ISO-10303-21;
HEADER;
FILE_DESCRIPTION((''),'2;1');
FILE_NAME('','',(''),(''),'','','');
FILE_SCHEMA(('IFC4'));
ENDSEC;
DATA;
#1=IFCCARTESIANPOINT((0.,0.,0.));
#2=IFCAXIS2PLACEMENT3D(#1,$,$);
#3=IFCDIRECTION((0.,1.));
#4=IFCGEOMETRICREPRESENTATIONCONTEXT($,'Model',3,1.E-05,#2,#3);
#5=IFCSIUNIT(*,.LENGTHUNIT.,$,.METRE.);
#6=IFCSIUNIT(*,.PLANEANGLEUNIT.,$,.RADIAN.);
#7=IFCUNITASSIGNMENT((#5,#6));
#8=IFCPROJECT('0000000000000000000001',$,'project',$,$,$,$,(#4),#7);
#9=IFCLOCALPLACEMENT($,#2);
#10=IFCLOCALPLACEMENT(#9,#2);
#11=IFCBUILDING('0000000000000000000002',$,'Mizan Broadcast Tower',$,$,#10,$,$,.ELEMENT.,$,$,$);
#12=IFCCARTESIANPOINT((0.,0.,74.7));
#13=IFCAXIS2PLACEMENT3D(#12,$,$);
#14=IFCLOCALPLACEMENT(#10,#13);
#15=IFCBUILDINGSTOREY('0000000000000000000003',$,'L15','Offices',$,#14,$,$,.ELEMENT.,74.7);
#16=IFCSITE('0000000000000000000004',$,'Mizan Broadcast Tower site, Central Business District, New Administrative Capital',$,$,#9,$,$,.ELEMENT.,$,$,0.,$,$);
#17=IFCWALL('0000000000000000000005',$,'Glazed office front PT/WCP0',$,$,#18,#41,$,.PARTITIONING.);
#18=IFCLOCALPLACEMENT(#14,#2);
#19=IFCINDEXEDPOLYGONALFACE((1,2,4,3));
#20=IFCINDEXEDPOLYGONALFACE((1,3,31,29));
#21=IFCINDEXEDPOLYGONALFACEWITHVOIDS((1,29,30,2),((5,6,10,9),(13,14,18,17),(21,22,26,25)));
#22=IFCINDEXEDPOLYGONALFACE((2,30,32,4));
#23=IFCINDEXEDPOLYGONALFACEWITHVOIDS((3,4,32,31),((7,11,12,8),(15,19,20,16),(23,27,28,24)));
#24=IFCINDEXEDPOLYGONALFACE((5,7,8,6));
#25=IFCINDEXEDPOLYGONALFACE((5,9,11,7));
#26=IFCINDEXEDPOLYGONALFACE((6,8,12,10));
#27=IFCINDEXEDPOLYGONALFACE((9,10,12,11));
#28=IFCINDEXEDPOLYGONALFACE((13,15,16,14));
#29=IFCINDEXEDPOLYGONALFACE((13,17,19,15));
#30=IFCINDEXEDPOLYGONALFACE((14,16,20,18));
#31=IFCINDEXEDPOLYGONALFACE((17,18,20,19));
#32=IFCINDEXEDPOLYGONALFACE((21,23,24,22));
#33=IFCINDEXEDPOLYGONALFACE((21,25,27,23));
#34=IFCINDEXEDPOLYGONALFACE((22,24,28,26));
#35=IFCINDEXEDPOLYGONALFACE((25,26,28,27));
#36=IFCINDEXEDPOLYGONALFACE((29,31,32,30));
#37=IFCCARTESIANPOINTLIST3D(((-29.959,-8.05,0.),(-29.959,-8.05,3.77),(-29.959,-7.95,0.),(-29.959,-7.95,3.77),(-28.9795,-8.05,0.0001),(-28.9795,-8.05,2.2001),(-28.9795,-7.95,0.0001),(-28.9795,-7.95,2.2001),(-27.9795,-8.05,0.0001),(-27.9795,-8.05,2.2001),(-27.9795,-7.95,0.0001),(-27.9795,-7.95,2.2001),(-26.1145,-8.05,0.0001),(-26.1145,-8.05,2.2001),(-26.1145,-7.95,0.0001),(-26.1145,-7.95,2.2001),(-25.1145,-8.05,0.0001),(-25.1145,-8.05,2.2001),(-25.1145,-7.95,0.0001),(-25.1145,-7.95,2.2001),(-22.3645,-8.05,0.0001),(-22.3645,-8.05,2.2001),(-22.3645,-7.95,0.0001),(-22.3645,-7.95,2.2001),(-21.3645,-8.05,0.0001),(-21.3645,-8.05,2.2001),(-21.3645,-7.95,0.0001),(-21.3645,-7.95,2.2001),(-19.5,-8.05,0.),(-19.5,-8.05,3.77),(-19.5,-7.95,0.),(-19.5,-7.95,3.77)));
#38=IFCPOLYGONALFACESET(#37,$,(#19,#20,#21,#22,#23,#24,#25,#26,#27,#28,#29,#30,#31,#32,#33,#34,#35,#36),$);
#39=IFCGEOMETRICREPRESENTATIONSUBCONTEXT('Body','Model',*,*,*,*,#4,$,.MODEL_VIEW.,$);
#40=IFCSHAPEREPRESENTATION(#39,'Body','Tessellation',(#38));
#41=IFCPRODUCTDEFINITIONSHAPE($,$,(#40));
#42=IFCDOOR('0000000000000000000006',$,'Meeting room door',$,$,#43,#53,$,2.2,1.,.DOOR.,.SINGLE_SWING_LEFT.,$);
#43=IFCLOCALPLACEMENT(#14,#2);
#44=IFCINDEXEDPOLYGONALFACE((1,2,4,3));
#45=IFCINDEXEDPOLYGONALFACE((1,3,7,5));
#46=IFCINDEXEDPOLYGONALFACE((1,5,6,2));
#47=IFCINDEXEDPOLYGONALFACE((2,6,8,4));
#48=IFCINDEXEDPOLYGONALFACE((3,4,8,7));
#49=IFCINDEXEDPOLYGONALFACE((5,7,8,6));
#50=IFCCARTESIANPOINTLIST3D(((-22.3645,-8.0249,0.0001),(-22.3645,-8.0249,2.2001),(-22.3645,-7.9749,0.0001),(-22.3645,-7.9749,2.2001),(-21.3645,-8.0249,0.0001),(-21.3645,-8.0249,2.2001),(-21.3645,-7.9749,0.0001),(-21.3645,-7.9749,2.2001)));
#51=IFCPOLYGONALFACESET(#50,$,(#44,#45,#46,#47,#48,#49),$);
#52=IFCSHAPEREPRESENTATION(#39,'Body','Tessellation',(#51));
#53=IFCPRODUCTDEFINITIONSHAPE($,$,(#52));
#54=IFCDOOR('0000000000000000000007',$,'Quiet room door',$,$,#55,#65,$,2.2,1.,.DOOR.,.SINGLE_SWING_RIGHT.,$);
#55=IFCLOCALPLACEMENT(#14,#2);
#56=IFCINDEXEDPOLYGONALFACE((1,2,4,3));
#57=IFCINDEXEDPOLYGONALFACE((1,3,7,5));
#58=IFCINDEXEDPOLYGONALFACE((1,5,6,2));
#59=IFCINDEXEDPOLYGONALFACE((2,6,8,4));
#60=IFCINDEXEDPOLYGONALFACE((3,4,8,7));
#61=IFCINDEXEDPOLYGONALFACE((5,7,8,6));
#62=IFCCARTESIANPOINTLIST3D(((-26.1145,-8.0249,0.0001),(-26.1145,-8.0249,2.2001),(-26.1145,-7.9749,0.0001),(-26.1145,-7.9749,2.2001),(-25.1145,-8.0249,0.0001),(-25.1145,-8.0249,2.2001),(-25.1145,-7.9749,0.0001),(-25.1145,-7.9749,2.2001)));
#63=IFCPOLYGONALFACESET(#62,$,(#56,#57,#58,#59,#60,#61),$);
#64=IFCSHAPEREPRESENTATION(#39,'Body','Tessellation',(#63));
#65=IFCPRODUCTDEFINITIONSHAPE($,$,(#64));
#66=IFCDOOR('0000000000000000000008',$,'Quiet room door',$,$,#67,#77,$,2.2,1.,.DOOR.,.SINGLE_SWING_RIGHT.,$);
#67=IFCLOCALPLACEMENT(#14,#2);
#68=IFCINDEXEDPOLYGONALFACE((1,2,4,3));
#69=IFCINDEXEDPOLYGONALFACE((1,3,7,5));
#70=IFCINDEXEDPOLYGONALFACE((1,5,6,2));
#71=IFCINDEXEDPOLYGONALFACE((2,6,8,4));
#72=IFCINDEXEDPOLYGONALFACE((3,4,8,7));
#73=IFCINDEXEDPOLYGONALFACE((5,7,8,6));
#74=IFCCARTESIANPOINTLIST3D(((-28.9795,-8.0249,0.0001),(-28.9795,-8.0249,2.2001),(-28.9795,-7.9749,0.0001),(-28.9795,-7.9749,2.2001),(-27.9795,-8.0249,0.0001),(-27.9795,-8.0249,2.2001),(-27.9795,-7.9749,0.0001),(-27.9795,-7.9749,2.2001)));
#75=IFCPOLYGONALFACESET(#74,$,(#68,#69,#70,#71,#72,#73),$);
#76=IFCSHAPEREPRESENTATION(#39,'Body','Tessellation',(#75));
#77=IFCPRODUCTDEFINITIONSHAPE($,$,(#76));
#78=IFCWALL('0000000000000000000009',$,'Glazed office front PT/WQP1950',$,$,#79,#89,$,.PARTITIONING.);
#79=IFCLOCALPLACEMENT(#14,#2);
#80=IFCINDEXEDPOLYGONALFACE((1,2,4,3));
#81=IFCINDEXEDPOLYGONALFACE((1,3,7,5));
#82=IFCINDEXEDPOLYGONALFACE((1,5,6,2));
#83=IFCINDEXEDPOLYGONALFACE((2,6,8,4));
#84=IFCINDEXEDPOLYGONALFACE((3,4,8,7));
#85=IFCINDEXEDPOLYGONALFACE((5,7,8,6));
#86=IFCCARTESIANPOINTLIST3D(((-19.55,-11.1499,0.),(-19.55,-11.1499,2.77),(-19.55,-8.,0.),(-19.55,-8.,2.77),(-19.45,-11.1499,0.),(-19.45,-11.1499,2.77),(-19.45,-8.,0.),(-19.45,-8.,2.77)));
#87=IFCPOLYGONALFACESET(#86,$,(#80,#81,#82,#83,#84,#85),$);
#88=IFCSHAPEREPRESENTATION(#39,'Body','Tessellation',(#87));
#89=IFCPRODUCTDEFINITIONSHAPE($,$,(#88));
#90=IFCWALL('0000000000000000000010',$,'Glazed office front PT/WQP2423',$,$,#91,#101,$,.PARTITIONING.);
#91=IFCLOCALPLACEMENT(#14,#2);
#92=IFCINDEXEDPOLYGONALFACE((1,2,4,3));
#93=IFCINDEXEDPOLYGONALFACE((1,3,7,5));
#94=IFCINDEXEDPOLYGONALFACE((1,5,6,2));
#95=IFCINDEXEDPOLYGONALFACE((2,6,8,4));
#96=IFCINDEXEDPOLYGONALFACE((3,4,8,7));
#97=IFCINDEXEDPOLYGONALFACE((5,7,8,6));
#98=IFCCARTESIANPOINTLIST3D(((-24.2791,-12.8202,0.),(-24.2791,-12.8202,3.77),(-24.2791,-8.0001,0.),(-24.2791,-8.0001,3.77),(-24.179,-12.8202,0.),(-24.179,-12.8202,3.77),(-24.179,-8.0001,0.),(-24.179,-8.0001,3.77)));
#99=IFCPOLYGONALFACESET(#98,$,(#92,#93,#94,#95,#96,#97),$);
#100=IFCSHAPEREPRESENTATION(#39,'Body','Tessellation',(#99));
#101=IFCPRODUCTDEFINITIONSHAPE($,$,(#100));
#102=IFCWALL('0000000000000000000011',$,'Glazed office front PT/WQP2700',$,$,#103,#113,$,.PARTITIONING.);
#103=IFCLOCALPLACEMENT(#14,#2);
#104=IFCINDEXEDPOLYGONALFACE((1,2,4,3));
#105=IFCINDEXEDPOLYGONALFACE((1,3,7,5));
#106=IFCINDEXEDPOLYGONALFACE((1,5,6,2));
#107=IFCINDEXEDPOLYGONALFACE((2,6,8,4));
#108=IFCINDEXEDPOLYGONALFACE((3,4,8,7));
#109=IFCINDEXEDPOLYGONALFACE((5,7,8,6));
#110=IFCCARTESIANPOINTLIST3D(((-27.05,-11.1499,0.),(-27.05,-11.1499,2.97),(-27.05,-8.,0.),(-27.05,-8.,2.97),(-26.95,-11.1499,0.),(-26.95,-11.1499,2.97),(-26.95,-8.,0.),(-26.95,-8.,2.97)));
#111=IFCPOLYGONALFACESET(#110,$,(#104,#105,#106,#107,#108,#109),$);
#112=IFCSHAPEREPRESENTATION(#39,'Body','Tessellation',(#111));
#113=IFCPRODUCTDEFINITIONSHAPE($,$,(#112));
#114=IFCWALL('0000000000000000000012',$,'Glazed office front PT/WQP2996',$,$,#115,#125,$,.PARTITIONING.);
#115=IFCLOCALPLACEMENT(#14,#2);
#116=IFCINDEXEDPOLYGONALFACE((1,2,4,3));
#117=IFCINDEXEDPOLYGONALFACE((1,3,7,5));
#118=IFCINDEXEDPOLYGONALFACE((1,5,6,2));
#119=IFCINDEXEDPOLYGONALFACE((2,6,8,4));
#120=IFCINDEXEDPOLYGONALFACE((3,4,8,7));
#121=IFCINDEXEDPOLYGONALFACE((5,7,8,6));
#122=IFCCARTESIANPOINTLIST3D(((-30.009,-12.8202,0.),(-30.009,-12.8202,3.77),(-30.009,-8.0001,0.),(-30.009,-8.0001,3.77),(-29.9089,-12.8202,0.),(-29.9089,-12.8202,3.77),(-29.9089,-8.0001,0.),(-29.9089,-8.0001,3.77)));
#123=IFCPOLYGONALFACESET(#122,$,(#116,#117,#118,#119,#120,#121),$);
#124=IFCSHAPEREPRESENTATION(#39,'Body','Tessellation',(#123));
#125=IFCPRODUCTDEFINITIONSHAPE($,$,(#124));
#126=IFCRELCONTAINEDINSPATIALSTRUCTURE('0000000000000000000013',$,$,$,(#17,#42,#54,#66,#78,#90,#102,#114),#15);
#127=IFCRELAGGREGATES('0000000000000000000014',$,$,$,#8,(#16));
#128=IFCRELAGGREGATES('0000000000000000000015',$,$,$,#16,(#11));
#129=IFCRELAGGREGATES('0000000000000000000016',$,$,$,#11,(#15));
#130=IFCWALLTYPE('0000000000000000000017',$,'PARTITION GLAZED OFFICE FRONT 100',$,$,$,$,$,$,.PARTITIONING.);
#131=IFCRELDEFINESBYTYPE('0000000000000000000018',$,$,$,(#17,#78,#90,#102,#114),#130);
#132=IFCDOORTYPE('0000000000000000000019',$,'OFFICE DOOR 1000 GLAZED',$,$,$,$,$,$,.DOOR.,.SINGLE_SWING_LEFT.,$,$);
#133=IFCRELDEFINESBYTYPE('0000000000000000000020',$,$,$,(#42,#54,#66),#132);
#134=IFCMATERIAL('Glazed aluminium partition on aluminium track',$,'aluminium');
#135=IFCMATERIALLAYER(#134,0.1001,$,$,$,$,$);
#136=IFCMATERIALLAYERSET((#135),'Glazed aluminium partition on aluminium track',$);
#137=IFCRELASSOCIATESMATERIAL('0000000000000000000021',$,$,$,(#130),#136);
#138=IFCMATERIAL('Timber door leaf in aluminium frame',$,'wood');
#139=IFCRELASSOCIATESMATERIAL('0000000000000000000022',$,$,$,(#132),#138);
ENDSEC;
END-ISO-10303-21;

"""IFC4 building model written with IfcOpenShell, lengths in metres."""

from ifc_helpers import new_model, si_unit, direction, frame, frame_2d, origin, place, context, subcontext, project, spatial, rectangle, extrude, material, layer, layer_set, type_object, element, fill, save


model = new_model("IFC4")

# Units and contexts
model_context = context("Model", 3, precision=1e-05, world=origin(), true_north=direction((0.0, 1.0)))
body_context = subcontext(model_context, "Body", "Model", "MODEL_VIEW")
ifc_project = project(units=[si_unit("LENGTHUNIT", "METRE"), si_unit("PLANEANGLEUNIT", "RADIAN")], contexts=[model_context])

# Site, building, storey
site_placement = place(None, origin())
site = spatial("IfcSite", under=ifc_project, at=site_placement, Name="Mizan Broadcast Tower site, Central Business District, New Administrative Capital", CompositionType="ELEMENT", RefElevation=0.0)
building_placement = place(site_placement, origin())
building = spatial("IfcBuilding", under=site, at=building_placement, Name="Mizan Broadcast Tower", CompositionType="ELEMENT")
storey_placement = place(building_placement, frame((0.0, 0.0, 74.7)))
storey = spatial("IfcBuildingStorey", under=building, at=storey_placement, Name="L15", Description="Offices", CompositionType="ELEMENT", Elevation=74.7)

# Wall, openings, doors
ifc_material_1 = material(Name="Glazed aluminium partition on aluminium track", Category="aluminium")
ifc_layer_1 = layer(ifc_material_1, 0.1001)
ifc_layer_set_1 = layer_set([ifc_layer_1], Name="Glazed aluminium partition on aluminium track")
wall_type = type_object("IfcWallType", Name="PARTITION GLAZED OFFICE FRONT 100", PredefinedType="PARTITIONING", material=ifc_layer_set_1)
wall_1_placement = place(storey_placement, frame((-19.5, -8.0, 0.0), z_axis=(0.0, 0.0, 1.0), x_axis=(-1.0, 0.0, 0.0)))
wall_1 = element("IfcWall", 1, at=wall_1_placement, inside=storey, type_object=wall_type, Name="Glazed office front PT/WCP0", PredefinedType="PARTITIONING", context=body_context, shape_type="SweptSolid", body=[
    extrude(rectangle(XDim=10.459, YDim=0.1001, at=frame_2d((5.2295, 0.0))), origin(), (0.0, 0.0, 1.0), 3.77),
])
opening_1_placement = place(wall_1_placement, frame((1.8645, 0.0, 0.0)))
opening_1 = element("IfcOpeningElement", 2, at=opening_1_placement, cuts=wall_1, PredefinedType="OPENING", context=body_context, shape_type="SweptSolid", body=[
    extrude(rectangle(XDim=1.0, YDim=2.2, at=frame_2d((0.5, 1.1001))), frame((0.0, 0.0601, 0.0), z_axis=(0.0, -1.0, 0.0), x_axis=(1.0, 0.0, 0.0)), (0.0, 0.0, 1.0), 0.1201),
])
opening_2_placement = place(wall_1_placement, frame((5.6145, 0.0, 0.0)))
opening_2 = element("IfcOpeningElement", 3, at=opening_2_placement, cuts=wall_1, PredefinedType="OPENING", context=body_context, shape_type="SweptSolid", body=[
    extrude(rectangle(XDim=1.0, YDim=2.2, at=frame_2d((0.5, 1.1001))), frame((0.0, 0.0601, 0.0), z_axis=(0.0, -1.0, 0.0), x_axis=(1.0, 0.0, 0.0)), (0.0, 0.0, 1.0), 0.1201),
])
opening_3_placement = place(wall_1_placement, frame((8.4795, 0.0, 0.0)))
opening_3 = element("IfcOpeningElement", 4, at=opening_3_placement, cuts=wall_1, PredefinedType="OPENING", context=body_context, shape_type="SweptSolid", body=[
    extrude(rectangle(XDim=1.0, YDim=2.2, at=frame_2d((0.5, 1.1001))), frame((0.0, 0.0601, 0.0), z_axis=(0.0, -1.0, 0.0), x_axis=(1.0, 0.0, 0.0)), (0.0, 0.0, 1.0), 0.1201),
])
ifc_material_2 = material(Name="Timber door leaf in aluminium frame", Category="wood")
door_type = type_object("IfcDoorType", Name="OFFICE DOOR 1000 GLAZED", OperationType="SINGLE_SWING_LEFT", PredefinedType="DOOR", material=ifc_material_2)
door_1_placement = place(opening_1_placement, origin())
door_1 = element("IfcDoor", 5, at=door_1_placement, inside=storey, type_object=door_type, Name="Meeting room door", OperationType="SINGLE_SWING_LEFT", OverallHeight=2.2, OverallWidth=1.0, PredefinedType="DOOR", context=body_context, shape_type="SweptSolid", body=[
    extrude(rectangle(XDim=1.0, YDim=2.2, at=frame_2d((0.5, 1.1001))), frame((0.0, 0.0249, 0.0), z_axis=(0.0, -1.0, 0.0), x_axis=(1.0, 0.0, 0.0)), (0.0, 0.0, 1.0), 0.05),
])
fill(opening_1, door_1)
door_2_placement = place(opening_2_placement, origin())
door_2 = element("IfcDoor", 6, at=door_2_placement, inside=storey, type_object=door_type, Name="Quiet room door", OperationType="SINGLE_SWING_RIGHT", OverallHeight=2.2, OverallWidth=1.0, PredefinedType="DOOR", context=body_context, shape_type="SweptSolid", body=[
    extrude(rectangle(XDim=1.0, YDim=2.2, at=frame_2d((0.5, 1.1001))), frame((0.0, 0.0249, 0.0), z_axis=(0.0, -1.0, 0.0), x_axis=(1.0, 0.0, 0.0)), (0.0, 0.0, 1.0), 0.05),
])
fill(opening_2, door_2)
door_3_placement = place(opening_3_placement, origin())
door_3 = element("IfcDoor", 7, at=door_3_placement, inside=storey, type_object=door_type, Name="Quiet room door", OperationType="SINGLE_SWING_RIGHT", OverallHeight=2.2, OverallWidth=1.0, PredefinedType="DOOR", context=body_context, shape_type="SweptSolid", body=[
    extrude(rectangle(XDim=1.0, YDim=2.2, at=frame_2d((0.5, 1.1001))), frame((0.0, 0.0249, 0.0), z_axis=(0.0, -1.0, 0.0), x_axis=(1.0, 0.0, 0.0)), (0.0, 0.0, 1.0), 0.05),
])
fill(opening_3, door_3)

# Walls
wall_2_placement = place(storey_placement, frame((-19.5, -8.0, 0.0), z_axis=(0.0, 0.0, 1.0), x_axis=(0.0, -1.0, 0.0)))
element("IfcWall", 8, at=wall_2_placement, inside=storey, type_object=wall_type, Name="Glazed office front PT/WQP1950", PredefinedType="PARTITIONING", context=body_context, shape_type="SweptSolid", body=[
    extrude(rectangle(XDim=3.1499, YDim=0.1001, at=frame_2d((1.575, 0.0))), origin(), (0.0, 0.0, 1.0), 2.77),
])
wall_3_placement = place(storey_placement, frame((-24.229, -8.0, 0.0), z_axis=(0.0, 0.0, 1.0), x_axis=(0.0, -1.0, 0.0)))
element("IfcWall", 9, at=wall_3_placement, inside=storey, type_object=wall_type, Name="Glazed office front PT/WQP2423", PredefinedType="PARTITIONING", context=body_context, shape_type="SweptSolid", body=[
    extrude(rectangle(XDim=4.8201, YDim=0.1001, at=frame_2d((2.4102, 0.0))), origin(), (0.0, 0.0, 1.0), 3.77),
])
wall_4_placement = place(storey_placement, frame((-27.0, -8.0, 0.0), z_axis=(0.0, 0.0, 1.0), x_axis=(0.0, -1.0, 0.0)))
element("IfcWall", 10, at=wall_4_placement, inside=storey, type_object=wall_type, Name="Glazed office front PT/WQP2700", PredefinedType="PARTITIONING", context=body_context, shape_type="SweptSolid", body=[
    extrude(rectangle(XDim=3.1499, YDim=0.1001, at=frame_2d((1.575, 0.0))), origin(), (0.0, 0.0, 1.0), 2.97),
])
wall_5_placement = place(storey_placement, frame((-29.959, -8.0, 0.0), z_axis=(0.0, 0.0, 1.0), x_axis=(0.0, -1.0, 0.0)))
element("IfcWall", 11, at=wall_5_placement, inside=storey, type_object=wall_type, Name="Glazed office front PT/WQP2996", PredefinedType="PARTITIONING", context=body_context, shape_type="SweptSolid", body=[
    extrude(rectangle(XDim=4.8201, YDim=0.1001, at=frame_2d((2.4102, 0.0))), origin(), (0.0, 0.0, 1.0), 3.77),
])

save(model, "model.ifc")
